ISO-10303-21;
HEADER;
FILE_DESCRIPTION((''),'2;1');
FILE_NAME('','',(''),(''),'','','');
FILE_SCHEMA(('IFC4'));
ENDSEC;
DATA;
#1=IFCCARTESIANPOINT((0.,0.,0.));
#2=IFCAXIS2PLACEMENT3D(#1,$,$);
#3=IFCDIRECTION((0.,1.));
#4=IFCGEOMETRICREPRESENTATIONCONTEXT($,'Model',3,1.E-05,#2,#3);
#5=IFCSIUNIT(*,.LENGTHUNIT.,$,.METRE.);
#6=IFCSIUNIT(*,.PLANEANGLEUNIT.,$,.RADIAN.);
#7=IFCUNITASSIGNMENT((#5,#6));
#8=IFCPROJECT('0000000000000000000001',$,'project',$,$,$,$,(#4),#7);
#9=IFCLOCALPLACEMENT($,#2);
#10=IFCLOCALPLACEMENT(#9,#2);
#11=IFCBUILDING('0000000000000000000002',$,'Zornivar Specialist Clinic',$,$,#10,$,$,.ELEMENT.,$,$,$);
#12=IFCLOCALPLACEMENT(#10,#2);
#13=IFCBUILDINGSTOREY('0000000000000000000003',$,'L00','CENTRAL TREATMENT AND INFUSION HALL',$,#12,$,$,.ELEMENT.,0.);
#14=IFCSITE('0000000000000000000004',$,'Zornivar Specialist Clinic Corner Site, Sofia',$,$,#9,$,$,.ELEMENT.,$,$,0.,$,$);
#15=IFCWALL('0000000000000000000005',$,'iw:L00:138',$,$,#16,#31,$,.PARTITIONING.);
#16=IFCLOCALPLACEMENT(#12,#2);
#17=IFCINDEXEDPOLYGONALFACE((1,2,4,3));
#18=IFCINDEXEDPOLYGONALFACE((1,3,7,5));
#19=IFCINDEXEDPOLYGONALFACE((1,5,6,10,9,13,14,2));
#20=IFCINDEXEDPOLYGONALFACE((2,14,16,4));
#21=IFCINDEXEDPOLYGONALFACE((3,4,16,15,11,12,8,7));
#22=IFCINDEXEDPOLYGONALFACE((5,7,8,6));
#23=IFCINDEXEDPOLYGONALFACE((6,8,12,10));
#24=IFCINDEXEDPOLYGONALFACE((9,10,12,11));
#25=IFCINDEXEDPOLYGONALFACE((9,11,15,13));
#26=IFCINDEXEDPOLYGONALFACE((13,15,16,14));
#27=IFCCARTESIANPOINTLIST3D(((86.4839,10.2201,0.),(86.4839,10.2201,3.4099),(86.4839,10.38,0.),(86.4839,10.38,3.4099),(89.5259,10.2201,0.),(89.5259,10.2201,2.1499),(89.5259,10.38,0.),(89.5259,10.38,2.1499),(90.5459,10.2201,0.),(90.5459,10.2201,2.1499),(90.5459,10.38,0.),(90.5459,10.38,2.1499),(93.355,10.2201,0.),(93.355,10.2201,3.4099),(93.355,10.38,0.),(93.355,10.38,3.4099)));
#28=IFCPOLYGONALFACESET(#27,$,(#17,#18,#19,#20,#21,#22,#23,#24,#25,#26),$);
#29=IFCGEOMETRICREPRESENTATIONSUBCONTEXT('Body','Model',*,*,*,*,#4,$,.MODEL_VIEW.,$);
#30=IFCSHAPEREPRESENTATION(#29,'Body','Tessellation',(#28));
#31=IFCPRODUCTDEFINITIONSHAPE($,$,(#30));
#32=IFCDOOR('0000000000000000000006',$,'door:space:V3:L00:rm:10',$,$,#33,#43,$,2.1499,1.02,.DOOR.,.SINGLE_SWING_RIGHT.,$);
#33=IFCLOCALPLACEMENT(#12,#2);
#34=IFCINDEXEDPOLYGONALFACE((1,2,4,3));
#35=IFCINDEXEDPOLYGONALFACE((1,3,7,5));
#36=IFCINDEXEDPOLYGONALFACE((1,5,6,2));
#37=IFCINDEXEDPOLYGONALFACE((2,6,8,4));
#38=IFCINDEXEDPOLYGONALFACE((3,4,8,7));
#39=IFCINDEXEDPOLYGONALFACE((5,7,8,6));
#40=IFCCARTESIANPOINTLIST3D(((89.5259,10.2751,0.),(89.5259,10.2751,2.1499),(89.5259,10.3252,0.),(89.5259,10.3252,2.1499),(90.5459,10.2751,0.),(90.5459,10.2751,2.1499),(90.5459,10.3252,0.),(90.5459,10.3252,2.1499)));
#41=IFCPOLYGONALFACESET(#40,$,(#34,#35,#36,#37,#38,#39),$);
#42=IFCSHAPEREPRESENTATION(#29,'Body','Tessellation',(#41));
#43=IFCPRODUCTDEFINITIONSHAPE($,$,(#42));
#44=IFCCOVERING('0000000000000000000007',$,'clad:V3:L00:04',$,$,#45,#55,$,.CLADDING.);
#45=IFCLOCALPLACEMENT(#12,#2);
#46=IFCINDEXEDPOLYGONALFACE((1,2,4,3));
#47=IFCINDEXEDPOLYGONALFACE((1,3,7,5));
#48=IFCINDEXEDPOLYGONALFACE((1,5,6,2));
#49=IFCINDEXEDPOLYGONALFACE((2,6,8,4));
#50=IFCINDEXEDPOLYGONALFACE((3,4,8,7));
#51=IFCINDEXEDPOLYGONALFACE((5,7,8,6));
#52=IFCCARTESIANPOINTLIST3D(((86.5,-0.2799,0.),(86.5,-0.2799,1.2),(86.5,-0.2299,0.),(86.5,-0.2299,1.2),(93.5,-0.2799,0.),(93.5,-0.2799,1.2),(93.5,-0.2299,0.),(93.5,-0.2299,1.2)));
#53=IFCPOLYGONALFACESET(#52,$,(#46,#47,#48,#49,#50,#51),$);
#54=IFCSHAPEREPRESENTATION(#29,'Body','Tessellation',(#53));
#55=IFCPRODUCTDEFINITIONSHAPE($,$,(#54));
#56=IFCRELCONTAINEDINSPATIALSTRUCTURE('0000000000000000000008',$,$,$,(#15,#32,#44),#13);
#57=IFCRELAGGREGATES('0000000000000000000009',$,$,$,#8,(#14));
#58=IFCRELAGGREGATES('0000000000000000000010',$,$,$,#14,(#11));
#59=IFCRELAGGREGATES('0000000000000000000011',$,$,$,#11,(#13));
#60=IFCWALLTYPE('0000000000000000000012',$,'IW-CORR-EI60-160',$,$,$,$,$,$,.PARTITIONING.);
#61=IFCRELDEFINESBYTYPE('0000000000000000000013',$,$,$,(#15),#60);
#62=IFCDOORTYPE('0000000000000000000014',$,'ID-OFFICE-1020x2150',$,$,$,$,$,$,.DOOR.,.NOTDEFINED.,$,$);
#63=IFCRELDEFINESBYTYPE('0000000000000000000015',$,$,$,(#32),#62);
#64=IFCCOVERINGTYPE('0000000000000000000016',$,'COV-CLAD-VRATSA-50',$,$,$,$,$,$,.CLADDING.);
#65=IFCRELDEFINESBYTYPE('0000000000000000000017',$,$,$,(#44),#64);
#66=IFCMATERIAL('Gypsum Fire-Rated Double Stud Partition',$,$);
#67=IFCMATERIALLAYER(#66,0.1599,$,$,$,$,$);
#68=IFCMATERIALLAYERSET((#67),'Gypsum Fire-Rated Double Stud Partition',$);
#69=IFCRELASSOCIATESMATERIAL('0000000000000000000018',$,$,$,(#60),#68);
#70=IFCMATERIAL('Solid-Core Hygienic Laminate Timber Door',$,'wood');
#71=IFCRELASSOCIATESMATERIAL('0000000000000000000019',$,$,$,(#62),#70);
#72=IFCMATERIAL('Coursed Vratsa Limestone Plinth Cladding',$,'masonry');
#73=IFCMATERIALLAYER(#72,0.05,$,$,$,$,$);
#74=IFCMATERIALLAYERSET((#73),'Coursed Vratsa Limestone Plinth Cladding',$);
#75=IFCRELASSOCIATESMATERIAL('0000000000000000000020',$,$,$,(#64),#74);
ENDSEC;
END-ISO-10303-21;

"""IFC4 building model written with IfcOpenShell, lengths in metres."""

from ifc_helpers import new_model, si_unit, direction, frame, frame_2d, origin, origin_2d, place, context, subcontext, project, spatial, rectangle, extrude, material, layer, layer_set, type_object, element, fill, save


model = new_model("IFC4")

# Units and contexts
model_context = context("Model", 3, precision=1e-05, world=origin(), true_north=direction((0.0, 1.0)))
body_context = subcontext(model_context, "Body", "Model", "MODEL_VIEW")
ifc_project = project(units=[si_unit("LENGTHUNIT", "METRE"), si_unit("PLANEANGLEUNIT", "RADIAN")], contexts=[model_context])

# Site, building, storey
site_placement = place(None, origin())
site = spatial("IfcSite", under=ifc_project, at=site_placement, Name="Zornivar Specialist Clinic Corner Site, Sofia", CompositionType="ELEMENT", RefElevation=0.0)
building_placement = place(site_placement, origin())
building = spatial("IfcBuilding", under=site, at=building_placement, Name="Zornivar Specialist Clinic", CompositionType="ELEMENT")
storey_placement = place(building_placement, origin())
storey = spatial("IfcBuildingStorey", under=building, at=storey_placement, Name="L00", Description="CENTRAL TREATMENT AND INFUSION HALL", CompositionType="ELEMENT", Elevation=0.0)

# Wall, opening, door
ifc_material_1 = material(Name="Gypsum Fire-Rated Double Stud Partition")
ifc_layer_1 = layer(ifc_material_1, 0.1599)
ifc_layer_set_1 = layer_set([ifc_layer_1], Name="Gypsum Fire-Rated Double Stud Partition")
wall_type_1 = type_object("IfcWallType", Name="IW-CORR-EI60-160", PredefinedType="PARTITIONING", material=ifc_layer_set_1)
wall_1_placement = place(storey_placement, frame((93.355, 10.3, 0.0), z_axis=(0.0, 0.0, 1.0), x_axis=(-1.0, 0.0, 0.0)))
wall_1 = element("IfcWall", 1, at=wall_1_placement, inside=storey, type_object=wall_type_1, Name="iw:L00:138", PredefinedType="PARTITIONING", context=body_context, shape_type="SweptSolid", body=[
    extrude(rectangle(XDim=6.8711, YDim=0.1599, at=frame_2d((3.4355, 0.0))), origin(), (0.0, 0.0, 1.0), 3.4099),
])
opening_1_placement = place(wall_1_placement, frame((2.8091, 0.0, 0.0)))
opening_1 = element("IfcOpeningElement", 2, at=opening_1_placement, cuts=wall_1, PredefinedType="OPENING", context=body_context, shape_type="SweptSolid", body=[
    extrude(rectangle(XDim=1.02, YDim=2.1499, at=frame_2d((0.51, 1.075))), frame((0.0, 0.0898, 0.0), z_axis=(0.0, -1.0, 0.0), x_axis=(1.0, 0.0, 0.0)), (0.0, 0.0, 1.0), 0.1799),
])
ifc_material_2 = material(Name="Solid-Core Hygienic Laminate Timber Door", Category="wood")
door_type_1 = type_object("IfcDoorType", Name="ID-OFFICE-1020x2150", OperationType="NOTDEFINED", PredefinedType="DOOR", material=ifc_material_2)
door_1_placement = place(opening_1_placement, origin())
door_1 = element("IfcDoor", 3, at=door_1_placement, inside=storey, type_object=door_type_1, Name="door:space:V3:L00:rm:10", OperationType="SINGLE_SWING_RIGHT", OverallHeight=2.1499, OverallWidth=1.02, PredefinedType="DOOR", context=body_context, shape_type="SweptSolid", body=[
    extrude(rectangle(XDim=1.02, YDim=2.1499, at=frame_2d((0.51, 1.075))), frame((0.0, 0.0249, 0.0), z_axis=(0.0, -1.0, 0.0), x_axis=(1.0, 0.0, 0.0)), (0.0, 0.0, 1.0), 0.05),
])
fill(opening_1, door_1)

# Covering
ifc_material_3 = material(Name="Coursed Vratsa Limestone Plinth Cladding", Category="masonry")
ifc_layer_2 = layer(ifc_material_3, 0.05)
ifc_layer_set_2 = layer_set([ifc_layer_2], Name="Coursed Vratsa Limestone Plinth Cladding")
covering_type = type_object("IfcCoveringType", Name="COV-CLAD-VRATSA-50", PredefinedType="CLADDING", material=ifc_layer_set_2)
covering_placement = place(storey_placement, frame((90.0, -0.2549, 0.0), z_axis=(0.0, 0.0, 1.0), x_axis=(1.0, 0.0, 0.0)))
element("IfcCovering", 4, at=covering_placement, inside=storey, type_object=covering_type, Name="clad:V3:L00:04", PredefinedType="CLADDING", context=body_context, shape_type="SweptSolid", body=[
    extrude(rectangle(XDim=7.0, YDim=0.05, at=origin_2d()), origin(), (0.0, 0.0, 1.0), 1.2),
])

save(model, "model.ifc")
